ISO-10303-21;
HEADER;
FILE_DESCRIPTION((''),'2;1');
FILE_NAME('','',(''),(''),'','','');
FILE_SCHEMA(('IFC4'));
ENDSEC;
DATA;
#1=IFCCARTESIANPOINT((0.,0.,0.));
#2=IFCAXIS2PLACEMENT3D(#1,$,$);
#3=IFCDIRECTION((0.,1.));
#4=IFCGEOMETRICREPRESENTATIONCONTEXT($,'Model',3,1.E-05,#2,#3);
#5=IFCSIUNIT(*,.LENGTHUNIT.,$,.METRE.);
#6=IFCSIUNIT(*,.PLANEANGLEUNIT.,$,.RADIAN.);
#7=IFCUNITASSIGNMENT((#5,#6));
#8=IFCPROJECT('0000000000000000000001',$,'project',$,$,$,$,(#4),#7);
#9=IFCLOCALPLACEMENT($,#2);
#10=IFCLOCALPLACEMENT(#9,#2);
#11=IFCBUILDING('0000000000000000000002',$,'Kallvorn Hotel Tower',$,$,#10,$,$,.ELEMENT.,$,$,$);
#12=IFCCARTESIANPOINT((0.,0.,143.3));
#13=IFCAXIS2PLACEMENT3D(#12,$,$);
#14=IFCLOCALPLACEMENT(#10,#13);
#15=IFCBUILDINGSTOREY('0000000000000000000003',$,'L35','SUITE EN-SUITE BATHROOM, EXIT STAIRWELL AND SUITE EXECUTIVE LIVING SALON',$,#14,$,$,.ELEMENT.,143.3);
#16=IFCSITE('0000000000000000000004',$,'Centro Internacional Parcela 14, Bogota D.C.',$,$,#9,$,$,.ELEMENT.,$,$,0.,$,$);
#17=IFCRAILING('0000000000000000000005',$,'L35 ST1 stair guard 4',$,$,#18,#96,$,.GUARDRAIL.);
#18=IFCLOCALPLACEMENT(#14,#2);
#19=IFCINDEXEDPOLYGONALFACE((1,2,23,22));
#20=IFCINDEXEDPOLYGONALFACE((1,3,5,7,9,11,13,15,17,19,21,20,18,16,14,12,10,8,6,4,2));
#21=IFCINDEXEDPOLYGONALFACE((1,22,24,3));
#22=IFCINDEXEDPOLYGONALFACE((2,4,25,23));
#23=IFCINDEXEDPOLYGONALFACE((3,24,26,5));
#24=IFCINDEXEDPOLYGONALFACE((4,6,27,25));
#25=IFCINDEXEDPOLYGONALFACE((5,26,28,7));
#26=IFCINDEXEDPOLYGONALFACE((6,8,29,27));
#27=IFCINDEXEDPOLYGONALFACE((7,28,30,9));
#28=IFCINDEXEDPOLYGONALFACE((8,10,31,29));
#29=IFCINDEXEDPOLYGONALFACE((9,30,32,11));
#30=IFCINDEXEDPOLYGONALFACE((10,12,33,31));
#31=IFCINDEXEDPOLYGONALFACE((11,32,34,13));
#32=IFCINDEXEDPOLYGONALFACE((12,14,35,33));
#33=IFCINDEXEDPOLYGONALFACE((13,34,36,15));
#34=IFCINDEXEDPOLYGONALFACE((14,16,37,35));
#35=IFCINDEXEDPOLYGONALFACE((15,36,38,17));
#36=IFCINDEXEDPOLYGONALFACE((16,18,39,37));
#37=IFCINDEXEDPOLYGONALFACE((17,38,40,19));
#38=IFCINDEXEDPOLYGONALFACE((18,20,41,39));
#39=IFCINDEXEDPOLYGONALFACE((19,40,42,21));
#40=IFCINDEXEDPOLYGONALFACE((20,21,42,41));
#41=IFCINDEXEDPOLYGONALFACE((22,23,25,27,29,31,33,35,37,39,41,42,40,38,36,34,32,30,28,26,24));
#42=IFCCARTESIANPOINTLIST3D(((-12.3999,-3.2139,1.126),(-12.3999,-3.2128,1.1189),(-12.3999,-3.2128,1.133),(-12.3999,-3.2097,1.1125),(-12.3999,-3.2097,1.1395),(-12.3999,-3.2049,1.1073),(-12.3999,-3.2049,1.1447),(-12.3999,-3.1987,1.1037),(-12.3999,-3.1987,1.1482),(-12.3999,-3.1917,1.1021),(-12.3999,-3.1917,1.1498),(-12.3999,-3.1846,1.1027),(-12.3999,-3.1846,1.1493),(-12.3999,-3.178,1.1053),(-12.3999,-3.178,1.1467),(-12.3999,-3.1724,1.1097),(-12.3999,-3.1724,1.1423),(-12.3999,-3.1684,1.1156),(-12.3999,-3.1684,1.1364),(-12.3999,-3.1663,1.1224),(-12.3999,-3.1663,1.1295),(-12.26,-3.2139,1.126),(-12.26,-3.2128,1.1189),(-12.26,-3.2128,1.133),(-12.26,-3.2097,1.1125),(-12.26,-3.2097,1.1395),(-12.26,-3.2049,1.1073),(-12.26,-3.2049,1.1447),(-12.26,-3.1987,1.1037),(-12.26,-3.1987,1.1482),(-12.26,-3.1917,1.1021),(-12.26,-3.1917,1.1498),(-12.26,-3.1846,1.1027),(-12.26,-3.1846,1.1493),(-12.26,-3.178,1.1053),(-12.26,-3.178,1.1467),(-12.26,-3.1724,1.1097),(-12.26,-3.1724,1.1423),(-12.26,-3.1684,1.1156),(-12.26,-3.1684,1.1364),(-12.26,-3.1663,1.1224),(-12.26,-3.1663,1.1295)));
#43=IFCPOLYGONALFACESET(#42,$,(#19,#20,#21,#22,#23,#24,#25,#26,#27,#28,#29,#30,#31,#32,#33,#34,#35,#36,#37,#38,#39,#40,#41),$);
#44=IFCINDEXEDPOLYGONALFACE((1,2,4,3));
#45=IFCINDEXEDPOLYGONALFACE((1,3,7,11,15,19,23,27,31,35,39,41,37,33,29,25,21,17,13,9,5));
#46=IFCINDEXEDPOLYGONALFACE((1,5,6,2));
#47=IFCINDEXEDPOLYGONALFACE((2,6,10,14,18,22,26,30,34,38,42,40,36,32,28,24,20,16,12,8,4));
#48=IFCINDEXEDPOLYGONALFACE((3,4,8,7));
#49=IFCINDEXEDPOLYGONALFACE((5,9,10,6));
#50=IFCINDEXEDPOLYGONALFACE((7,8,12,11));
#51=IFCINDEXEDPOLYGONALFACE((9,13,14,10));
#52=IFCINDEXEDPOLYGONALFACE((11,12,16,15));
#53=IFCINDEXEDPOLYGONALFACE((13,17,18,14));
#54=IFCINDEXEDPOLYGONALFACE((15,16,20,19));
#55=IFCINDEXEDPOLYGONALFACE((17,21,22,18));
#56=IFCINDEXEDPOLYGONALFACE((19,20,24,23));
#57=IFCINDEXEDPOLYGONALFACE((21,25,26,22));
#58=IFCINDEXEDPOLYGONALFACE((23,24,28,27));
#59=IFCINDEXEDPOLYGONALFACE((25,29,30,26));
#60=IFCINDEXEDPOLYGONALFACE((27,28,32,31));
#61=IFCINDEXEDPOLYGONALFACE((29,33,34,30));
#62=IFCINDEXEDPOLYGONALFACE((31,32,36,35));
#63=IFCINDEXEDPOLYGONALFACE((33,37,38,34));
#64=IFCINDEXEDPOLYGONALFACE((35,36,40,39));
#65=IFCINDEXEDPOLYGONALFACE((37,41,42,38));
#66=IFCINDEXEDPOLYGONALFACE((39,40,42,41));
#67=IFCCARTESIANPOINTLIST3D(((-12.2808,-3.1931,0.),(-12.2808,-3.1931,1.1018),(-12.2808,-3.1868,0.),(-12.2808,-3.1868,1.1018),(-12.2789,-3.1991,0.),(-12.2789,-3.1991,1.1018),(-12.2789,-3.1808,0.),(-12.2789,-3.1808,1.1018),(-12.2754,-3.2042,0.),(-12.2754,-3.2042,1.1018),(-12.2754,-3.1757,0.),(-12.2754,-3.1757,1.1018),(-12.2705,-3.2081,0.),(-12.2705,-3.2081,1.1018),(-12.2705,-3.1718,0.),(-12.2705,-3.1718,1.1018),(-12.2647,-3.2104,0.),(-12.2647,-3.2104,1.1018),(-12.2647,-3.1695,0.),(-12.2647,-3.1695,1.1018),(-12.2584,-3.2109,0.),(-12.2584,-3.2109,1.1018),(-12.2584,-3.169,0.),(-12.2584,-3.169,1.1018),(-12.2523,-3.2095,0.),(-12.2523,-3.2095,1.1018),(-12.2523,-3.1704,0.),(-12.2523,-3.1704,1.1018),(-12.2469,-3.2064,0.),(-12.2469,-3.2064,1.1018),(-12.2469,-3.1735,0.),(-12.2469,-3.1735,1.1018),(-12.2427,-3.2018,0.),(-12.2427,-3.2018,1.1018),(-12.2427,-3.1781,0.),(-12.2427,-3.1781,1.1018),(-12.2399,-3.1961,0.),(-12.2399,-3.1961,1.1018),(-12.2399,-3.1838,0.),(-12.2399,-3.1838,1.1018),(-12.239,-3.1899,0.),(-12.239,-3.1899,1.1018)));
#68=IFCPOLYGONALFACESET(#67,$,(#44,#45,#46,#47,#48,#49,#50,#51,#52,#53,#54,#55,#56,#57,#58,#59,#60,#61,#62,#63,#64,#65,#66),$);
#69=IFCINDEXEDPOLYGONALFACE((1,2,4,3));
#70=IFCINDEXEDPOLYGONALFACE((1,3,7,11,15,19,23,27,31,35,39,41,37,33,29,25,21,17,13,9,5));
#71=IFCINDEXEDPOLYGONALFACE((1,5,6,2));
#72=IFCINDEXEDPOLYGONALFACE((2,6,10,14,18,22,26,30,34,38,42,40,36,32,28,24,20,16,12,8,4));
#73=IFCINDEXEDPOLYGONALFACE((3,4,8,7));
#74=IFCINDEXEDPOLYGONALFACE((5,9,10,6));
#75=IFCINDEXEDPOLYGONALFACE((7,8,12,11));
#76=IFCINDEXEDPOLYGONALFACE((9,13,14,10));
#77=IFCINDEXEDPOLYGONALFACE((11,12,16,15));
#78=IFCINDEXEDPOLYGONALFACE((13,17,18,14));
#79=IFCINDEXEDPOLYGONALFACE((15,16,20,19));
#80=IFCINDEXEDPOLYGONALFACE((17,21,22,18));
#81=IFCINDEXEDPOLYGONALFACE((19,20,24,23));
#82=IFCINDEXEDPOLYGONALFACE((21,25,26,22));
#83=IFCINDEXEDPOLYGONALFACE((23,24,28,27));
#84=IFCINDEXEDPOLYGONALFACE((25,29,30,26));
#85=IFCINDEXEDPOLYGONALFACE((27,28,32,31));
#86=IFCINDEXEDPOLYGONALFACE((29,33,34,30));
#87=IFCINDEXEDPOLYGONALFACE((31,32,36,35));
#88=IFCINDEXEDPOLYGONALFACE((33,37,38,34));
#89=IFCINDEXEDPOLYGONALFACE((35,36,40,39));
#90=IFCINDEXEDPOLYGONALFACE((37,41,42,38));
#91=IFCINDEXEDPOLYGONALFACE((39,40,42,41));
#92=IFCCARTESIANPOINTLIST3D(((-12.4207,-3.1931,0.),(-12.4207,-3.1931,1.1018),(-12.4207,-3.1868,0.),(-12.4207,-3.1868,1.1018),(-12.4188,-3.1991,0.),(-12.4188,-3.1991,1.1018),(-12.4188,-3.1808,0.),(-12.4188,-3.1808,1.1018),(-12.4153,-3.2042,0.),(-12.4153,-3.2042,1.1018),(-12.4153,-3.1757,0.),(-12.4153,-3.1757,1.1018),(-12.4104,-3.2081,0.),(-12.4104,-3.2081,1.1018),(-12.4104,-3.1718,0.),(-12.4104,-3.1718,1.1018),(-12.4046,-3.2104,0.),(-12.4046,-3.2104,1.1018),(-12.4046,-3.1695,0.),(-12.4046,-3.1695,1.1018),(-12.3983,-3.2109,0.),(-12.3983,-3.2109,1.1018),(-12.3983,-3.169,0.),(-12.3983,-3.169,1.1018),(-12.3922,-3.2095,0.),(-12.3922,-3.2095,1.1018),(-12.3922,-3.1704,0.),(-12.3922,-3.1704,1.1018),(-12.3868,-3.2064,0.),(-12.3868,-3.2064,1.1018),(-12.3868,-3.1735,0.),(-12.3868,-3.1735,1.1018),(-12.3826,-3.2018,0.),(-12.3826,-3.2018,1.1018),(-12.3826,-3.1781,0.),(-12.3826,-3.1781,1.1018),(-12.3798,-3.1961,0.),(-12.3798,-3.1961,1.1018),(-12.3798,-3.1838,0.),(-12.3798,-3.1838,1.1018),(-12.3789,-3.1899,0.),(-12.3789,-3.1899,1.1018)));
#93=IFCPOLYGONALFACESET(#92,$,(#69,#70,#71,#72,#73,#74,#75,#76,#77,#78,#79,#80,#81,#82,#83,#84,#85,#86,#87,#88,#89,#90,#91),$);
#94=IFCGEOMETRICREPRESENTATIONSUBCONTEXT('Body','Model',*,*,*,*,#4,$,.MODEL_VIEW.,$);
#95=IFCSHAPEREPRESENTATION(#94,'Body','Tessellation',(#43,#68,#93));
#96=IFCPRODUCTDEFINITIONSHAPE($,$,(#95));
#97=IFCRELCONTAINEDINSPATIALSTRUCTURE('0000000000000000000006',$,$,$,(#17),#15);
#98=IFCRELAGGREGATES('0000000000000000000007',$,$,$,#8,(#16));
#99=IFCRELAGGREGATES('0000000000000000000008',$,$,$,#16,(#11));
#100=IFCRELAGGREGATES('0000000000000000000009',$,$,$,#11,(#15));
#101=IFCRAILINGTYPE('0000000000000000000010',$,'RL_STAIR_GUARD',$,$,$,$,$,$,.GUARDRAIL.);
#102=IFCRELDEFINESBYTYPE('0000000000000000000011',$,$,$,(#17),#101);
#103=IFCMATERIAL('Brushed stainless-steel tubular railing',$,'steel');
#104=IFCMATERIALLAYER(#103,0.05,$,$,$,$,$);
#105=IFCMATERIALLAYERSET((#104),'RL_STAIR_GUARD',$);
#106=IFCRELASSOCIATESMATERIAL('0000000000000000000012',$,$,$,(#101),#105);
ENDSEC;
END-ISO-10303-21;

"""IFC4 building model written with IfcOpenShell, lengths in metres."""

from ifc_helpers import new_model, si_unit, direction, frame, origin, origin_2d, place, context, subcontext, project, spatial, circle, extrude, material, layer, layer_set, type_object, element, save


model = new_model("IFC4")

# Units and contexts
model_context = context("Model", 3, precision=1e-05, world=origin(), true_north=direction((0.0, 1.0)))
body_context = subcontext(model_context, "Body", "Model", "MODEL_VIEW")
ifc_project = project(units=[si_unit("LENGTHUNIT", "METRE"), si_unit("PLANEANGLEUNIT", "RADIAN")], contexts=[model_context])

# Site, building, storey
site_placement = place(None, origin())
site = spatial("IfcSite", under=ifc_project, at=site_placement, Name="Centro Internacional Parcela 14, Bogota D.C.", CompositionType="ELEMENT", RefElevation=0.0)
building_placement = place(site_placement, origin())
building = spatial("IfcBuilding", under=site, at=building_placement, Name="Kallvorn Hotel Tower", CompositionType="ELEMENT")
storey_placement = place(building_placement, frame((0.0, 0.0, 143.3)))
storey = spatial("IfcBuildingStorey", under=building, at=storey_placement, Name="L35", Description="SUITE EN-SUITE BATHROOM, EXIT STAIRWELL AND SUITE EXECUTIVE LIVING SALON", CompositionType="ELEMENT", Elevation=143.3)

# Railing
ifc_material_1 = material(Name="Brushed stainless-steel tubular railing", Category="steel")
ifc_layer_1 = layer(ifc_material_1, 0.05)
ifc_layer_set_1 = layer_set([ifc_layer_1], Name="RL_STAIR_GUARD")
railing_type_1 = type_object("IfcRailingType", Name="RL_STAIR_GUARD", PredefinedType="GUARDRAIL", material=ifc_layer_set_1)
railing_1_placement = place(storey_placement, frame((-12.26, -3.1899, 0.0)))
element("IfcRailing", 1, at=railing_1_placement, inside=storey, type_object=railing_type_1, Name="L35 ST1 stair guard 4", PredefinedType="GUARDRAIL", context=body_context, shape_type="SweptSolid", body=[
    extrude(circle(Radius=0.0239, at=origin_2d()), frame((0.0, 0.0, 1.126), z_axis=(-1.0, 0.0, 0.0), x_axis=(0.0, -1.0, 0.0)), (0.0, 0.0, 1.0), 0.1399),
    extrude(circle(Radius=0.021, at=origin_2d()), origin(), (0.0, 0.0, 1.0), 1.1018),
    extrude(circle(Radius=0.021, at=origin_2d()), frame((-0.1399, 0.0, 0.0)), (0.0, 0.0, 1.0), 1.1018),
])

save(model, "model.ifc")
